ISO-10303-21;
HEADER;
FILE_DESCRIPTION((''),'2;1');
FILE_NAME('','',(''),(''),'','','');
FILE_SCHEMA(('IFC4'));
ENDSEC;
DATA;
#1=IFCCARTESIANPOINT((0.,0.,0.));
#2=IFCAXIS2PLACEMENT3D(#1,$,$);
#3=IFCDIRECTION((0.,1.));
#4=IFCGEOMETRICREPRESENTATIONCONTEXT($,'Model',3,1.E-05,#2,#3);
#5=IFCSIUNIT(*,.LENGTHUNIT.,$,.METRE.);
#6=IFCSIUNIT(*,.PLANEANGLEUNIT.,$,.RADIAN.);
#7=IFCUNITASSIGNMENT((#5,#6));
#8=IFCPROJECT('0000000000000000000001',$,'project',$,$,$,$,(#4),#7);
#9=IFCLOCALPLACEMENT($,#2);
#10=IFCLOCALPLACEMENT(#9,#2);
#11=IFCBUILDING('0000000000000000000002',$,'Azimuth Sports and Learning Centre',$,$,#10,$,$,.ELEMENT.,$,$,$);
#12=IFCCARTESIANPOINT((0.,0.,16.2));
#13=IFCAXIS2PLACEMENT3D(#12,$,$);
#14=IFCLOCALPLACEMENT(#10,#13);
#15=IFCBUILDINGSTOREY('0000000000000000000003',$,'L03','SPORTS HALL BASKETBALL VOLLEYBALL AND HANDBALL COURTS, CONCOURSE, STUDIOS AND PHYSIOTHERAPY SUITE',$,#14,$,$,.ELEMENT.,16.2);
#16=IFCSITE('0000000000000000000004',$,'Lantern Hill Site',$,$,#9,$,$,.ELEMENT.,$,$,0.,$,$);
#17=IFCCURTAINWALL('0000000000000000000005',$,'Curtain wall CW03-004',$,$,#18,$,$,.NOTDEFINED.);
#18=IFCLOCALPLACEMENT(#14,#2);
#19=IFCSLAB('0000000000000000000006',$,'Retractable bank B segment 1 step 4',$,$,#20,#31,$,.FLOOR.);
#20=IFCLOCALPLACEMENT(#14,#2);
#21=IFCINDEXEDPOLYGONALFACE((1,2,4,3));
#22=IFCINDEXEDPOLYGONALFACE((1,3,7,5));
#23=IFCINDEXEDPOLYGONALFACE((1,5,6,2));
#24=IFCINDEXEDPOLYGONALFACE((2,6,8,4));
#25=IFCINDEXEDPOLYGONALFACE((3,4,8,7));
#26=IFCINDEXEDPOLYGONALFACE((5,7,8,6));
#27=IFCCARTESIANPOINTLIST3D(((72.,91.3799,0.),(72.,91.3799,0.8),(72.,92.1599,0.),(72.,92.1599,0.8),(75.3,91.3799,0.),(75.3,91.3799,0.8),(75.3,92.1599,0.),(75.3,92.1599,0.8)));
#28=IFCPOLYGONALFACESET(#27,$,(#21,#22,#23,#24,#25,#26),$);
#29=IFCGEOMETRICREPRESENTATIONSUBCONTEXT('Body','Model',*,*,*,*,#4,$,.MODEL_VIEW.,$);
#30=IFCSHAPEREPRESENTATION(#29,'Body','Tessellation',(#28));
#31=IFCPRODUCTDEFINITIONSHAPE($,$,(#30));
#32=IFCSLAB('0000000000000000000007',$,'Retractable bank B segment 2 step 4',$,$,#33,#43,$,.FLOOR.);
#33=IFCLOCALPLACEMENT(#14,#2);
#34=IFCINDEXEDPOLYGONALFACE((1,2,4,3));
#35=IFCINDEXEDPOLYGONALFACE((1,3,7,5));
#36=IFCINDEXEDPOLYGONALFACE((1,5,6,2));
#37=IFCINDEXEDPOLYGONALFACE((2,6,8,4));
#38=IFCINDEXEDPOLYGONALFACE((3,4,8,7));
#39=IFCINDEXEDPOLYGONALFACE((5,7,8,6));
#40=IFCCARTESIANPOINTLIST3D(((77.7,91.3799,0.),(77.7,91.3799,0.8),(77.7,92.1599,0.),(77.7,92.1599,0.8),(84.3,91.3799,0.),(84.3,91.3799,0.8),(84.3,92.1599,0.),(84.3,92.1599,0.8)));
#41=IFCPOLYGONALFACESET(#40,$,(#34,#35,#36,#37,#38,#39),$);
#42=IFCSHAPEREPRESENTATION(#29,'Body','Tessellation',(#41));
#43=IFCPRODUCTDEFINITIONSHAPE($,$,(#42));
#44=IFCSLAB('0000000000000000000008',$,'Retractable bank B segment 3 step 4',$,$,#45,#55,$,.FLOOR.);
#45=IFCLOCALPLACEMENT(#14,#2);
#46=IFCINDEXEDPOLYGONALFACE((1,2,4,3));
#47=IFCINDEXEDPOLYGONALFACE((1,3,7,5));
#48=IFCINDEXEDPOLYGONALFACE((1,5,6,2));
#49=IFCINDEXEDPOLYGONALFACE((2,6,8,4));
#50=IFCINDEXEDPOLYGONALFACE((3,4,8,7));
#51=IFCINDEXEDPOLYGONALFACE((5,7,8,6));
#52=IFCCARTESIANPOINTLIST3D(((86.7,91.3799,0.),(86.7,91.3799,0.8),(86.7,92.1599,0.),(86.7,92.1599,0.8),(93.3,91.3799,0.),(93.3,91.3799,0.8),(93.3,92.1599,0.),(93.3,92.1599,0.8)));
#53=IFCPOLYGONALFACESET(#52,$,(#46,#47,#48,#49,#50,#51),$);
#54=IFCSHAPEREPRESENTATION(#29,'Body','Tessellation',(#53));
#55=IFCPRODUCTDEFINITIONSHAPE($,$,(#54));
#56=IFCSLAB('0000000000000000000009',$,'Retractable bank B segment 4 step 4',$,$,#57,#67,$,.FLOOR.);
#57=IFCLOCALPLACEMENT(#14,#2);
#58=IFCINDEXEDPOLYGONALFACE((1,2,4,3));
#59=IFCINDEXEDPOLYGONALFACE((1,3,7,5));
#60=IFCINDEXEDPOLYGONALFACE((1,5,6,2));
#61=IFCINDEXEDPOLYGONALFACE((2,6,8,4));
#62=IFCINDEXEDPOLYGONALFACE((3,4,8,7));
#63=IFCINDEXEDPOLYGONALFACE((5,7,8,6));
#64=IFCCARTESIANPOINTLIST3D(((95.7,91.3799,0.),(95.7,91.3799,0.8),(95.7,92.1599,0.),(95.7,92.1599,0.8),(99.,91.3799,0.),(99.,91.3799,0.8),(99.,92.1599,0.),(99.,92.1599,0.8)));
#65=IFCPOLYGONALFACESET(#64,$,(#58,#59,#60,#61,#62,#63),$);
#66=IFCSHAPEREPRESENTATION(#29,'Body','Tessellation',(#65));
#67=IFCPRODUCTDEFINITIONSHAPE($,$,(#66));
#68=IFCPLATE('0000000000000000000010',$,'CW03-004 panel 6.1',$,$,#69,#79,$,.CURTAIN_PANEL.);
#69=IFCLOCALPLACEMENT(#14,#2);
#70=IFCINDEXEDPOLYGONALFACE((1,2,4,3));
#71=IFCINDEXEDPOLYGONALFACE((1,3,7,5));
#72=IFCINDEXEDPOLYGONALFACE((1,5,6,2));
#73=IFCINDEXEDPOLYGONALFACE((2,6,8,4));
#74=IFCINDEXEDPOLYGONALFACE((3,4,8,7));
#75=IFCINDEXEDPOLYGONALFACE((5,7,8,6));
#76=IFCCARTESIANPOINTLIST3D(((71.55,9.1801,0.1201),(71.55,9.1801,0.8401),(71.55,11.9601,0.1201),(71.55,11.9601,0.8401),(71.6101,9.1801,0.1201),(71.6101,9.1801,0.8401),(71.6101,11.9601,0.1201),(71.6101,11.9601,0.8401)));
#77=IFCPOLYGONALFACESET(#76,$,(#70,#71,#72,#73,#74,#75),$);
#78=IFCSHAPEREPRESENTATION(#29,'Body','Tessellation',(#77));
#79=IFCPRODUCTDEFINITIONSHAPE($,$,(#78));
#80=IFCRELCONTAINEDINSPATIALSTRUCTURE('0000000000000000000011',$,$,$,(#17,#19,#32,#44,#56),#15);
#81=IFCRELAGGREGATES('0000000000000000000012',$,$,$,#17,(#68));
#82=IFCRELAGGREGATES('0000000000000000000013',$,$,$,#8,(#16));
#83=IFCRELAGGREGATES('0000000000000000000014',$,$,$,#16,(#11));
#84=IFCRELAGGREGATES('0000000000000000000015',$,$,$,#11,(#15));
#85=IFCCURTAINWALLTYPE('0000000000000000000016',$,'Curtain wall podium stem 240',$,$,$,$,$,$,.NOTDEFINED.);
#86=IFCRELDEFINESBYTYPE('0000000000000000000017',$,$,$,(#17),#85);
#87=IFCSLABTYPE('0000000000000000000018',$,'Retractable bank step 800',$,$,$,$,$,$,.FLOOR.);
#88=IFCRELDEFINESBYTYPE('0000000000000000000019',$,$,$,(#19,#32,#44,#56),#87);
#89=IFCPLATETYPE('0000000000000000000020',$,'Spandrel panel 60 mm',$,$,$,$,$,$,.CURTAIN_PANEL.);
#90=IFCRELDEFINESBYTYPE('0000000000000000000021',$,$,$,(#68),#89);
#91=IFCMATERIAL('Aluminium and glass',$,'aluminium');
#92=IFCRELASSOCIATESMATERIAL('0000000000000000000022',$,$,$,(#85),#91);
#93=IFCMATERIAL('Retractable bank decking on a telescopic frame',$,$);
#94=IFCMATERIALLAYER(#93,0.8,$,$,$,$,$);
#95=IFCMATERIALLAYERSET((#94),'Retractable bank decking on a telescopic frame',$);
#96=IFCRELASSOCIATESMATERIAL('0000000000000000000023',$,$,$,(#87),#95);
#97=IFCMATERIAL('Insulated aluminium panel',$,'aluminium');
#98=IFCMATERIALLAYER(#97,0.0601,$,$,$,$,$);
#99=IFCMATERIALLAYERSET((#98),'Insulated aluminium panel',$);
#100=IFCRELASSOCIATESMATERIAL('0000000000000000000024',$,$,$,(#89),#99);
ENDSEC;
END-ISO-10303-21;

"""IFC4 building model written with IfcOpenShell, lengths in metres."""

from ifc_helpers import new_model, si_unit, direction, frame, origin, origin_2d, place, context, subcontext, project, spatial, polyline, rectangle, outline, extrude, material, layer, layer_set, type_object, element, aggregate, save


model = new_model("IFC4")

# Units and contexts
model_context = context("Model", 3, precision=1e-05, world=origin(), true_north=direction((0.0, 1.0)))
body_context = subcontext(model_context, "Body", "Model", "MODEL_VIEW")
ifc_project = project(units=[si_unit("LENGTHUNIT", "METRE"), si_unit("PLANEANGLEUNIT", "RADIAN")], contexts=[model_context])

# Site, building, storey
site_placement = place(None, origin())
site = spatial("IfcSite", under=ifc_project, at=site_placement, Name="Lantern Hill Site", CompositionType="ELEMENT", RefElevation=0.0)
building_placement = place(site_placement, origin())
building = spatial("IfcBuilding", under=site, at=building_placement, Name="Azimuth Sports and Learning Centre", CompositionType="ELEMENT")
storey_placement = place(building_placement, frame((0.0, 0.0, 16.2)))
storey = spatial("IfcBuildingStorey", under=building, at=storey_placement, Name="L03", Description="SPORTS HALL BASKETBALL VOLLEYBALL AND HANDBALL COURTS, CONCOURSE, STUDIOS AND PHYSIOTHERAPY SUITE", CompositionType="ELEMENT", Elevation=16.2)

# Curtain wall
ifc_material_1 = material(Name="Aluminium and glass", Category="aluminium")
curtain_wall_type = type_object("IfcCurtainWallType", Name="Curtain wall podium stem 240", PredefinedType="NOTDEFINED", material=ifc_material_1)
curtain_wall_placement = place(storey_placement, origin())
curtain_wall = element("IfcCurtainWall", 1, at=curtain_wall_placement, inside=storey, type_object=curtain_wall_type, Name="Curtain wall CW03-004", PredefinedType="NOTDEFINED")

# Slabs
ifc_material_2 = material(Name="Retractable bank decking on a telescopic frame")
ifc_layer_1 = layer(ifc_material_2, 0.8)
ifc_layer_set_1 = layer_set([ifc_layer_1], Name="Retractable bank decking on a telescopic frame")
slab_type_1 = type_object("IfcSlabType", Name="Retractable bank step 800", PredefinedType="FLOOR", material=ifc_layer_set_1)
slab_1_placement = place(storey_placement, origin())
element("IfcSlab", 2, at=slab_1_placement, inside=storey, type_object=slab_type_1, Name="Retractable bank B segment 1 step 4", PredefinedType="FLOOR", context=body_context, shape_type="SweptSolid", body=[
    extrude(outline(polyline([(72.0, 91.3799), (75.3, 91.3799), (75.3, 92.1599), (72.0, 92.1599), (72.0, 91.3799)])), origin(), (0.0, 0.0, 1.0), 0.8),
])
slab_2_placement = place(storey_placement, origin())
element("IfcSlab", 3, at=slab_2_placement, inside=storey, type_object=slab_type_1, Name="Retractable bank B segment 2 step 4", PredefinedType="FLOOR", context=body_context, shape_type="SweptSolid", body=[
    extrude(outline(polyline([(77.7, 91.3799), (84.3, 91.3799), (84.3, 92.1599), (77.7, 92.1599), (77.7, 91.3799)])), origin(), (0.0, 0.0, 1.0), 0.8),
])
slab_3_placement = place(storey_placement, origin())
element("IfcSlab", 4, at=slab_3_placement, inside=storey, type_object=slab_type_1, Name="Retractable bank B segment 3 step 4", PredefinedType="FLOOR", context=body_context, shape_type="SweptSolid", body=[
    extrude(outline(polyline([(86.7, 91.3799), (93.3, 91.3799), (93.3, 92.1599), (86.7, 92.1599), (86.7, 91.3799)])), origin(), (0.0, 0.0, 1.0), 0.8),
])
slab_4_placement = place(storey_placement, origin())
element("IfcSlab", 5, at=slab_4_placement, inside=storey, type_object=slab_type_1, Name="Retractable bank B segment 4 step 4", PredefinedType="FLOOR", context=body_context, shape_type="SweptSolid", body=[
    extrude(outline(polyline([(95.7, 91.3799), (99.0, 91.3799), (99.0, 92.1599), (95.7, 92.1599), (95.7, 91.3799)])), origin(), (0.0, 0.0, 1.0), 0.8),
])

# Plate
ifc_material_3 = material(Name="Insulated aluminium panel", Category="aluminium")
ifc_layer_2 = layer(ifc_material_3, 0.0601)
ifc_layer_set_2 = layer_set([ifc_layer_2], Name="Insulated aluminium panel")
plate_type = type_object("IfcPlateType", Name="Spandrel panel 60 mm", PredefinedType="CURTAIN_PANEL", material=ifc_layer_set_2)
plate_placement = place(storey_placement, frame((71.5801, 10.5701, 0.1201), z_axis=(0.0, 0.0, 1.0), x_axis=(0.0, -1.0, 0.0)))
plate = element("IfcPlate", 6, at=plate_placement, type_object=plate_type, Name="CW03-004 panel 6.1", PredefinedType="CURTAIN_PANEL", context=body_context, shape_type="SweptSolid", body=[
    extrude(rectangle(XDim=2.78, YDim=0.0601, at=origin_2d()), origin(), (0.0, 0.0, 1.0), 0.72),
])
aggregate(curtain_wall, [plate])

save(model, "model.ifc")
